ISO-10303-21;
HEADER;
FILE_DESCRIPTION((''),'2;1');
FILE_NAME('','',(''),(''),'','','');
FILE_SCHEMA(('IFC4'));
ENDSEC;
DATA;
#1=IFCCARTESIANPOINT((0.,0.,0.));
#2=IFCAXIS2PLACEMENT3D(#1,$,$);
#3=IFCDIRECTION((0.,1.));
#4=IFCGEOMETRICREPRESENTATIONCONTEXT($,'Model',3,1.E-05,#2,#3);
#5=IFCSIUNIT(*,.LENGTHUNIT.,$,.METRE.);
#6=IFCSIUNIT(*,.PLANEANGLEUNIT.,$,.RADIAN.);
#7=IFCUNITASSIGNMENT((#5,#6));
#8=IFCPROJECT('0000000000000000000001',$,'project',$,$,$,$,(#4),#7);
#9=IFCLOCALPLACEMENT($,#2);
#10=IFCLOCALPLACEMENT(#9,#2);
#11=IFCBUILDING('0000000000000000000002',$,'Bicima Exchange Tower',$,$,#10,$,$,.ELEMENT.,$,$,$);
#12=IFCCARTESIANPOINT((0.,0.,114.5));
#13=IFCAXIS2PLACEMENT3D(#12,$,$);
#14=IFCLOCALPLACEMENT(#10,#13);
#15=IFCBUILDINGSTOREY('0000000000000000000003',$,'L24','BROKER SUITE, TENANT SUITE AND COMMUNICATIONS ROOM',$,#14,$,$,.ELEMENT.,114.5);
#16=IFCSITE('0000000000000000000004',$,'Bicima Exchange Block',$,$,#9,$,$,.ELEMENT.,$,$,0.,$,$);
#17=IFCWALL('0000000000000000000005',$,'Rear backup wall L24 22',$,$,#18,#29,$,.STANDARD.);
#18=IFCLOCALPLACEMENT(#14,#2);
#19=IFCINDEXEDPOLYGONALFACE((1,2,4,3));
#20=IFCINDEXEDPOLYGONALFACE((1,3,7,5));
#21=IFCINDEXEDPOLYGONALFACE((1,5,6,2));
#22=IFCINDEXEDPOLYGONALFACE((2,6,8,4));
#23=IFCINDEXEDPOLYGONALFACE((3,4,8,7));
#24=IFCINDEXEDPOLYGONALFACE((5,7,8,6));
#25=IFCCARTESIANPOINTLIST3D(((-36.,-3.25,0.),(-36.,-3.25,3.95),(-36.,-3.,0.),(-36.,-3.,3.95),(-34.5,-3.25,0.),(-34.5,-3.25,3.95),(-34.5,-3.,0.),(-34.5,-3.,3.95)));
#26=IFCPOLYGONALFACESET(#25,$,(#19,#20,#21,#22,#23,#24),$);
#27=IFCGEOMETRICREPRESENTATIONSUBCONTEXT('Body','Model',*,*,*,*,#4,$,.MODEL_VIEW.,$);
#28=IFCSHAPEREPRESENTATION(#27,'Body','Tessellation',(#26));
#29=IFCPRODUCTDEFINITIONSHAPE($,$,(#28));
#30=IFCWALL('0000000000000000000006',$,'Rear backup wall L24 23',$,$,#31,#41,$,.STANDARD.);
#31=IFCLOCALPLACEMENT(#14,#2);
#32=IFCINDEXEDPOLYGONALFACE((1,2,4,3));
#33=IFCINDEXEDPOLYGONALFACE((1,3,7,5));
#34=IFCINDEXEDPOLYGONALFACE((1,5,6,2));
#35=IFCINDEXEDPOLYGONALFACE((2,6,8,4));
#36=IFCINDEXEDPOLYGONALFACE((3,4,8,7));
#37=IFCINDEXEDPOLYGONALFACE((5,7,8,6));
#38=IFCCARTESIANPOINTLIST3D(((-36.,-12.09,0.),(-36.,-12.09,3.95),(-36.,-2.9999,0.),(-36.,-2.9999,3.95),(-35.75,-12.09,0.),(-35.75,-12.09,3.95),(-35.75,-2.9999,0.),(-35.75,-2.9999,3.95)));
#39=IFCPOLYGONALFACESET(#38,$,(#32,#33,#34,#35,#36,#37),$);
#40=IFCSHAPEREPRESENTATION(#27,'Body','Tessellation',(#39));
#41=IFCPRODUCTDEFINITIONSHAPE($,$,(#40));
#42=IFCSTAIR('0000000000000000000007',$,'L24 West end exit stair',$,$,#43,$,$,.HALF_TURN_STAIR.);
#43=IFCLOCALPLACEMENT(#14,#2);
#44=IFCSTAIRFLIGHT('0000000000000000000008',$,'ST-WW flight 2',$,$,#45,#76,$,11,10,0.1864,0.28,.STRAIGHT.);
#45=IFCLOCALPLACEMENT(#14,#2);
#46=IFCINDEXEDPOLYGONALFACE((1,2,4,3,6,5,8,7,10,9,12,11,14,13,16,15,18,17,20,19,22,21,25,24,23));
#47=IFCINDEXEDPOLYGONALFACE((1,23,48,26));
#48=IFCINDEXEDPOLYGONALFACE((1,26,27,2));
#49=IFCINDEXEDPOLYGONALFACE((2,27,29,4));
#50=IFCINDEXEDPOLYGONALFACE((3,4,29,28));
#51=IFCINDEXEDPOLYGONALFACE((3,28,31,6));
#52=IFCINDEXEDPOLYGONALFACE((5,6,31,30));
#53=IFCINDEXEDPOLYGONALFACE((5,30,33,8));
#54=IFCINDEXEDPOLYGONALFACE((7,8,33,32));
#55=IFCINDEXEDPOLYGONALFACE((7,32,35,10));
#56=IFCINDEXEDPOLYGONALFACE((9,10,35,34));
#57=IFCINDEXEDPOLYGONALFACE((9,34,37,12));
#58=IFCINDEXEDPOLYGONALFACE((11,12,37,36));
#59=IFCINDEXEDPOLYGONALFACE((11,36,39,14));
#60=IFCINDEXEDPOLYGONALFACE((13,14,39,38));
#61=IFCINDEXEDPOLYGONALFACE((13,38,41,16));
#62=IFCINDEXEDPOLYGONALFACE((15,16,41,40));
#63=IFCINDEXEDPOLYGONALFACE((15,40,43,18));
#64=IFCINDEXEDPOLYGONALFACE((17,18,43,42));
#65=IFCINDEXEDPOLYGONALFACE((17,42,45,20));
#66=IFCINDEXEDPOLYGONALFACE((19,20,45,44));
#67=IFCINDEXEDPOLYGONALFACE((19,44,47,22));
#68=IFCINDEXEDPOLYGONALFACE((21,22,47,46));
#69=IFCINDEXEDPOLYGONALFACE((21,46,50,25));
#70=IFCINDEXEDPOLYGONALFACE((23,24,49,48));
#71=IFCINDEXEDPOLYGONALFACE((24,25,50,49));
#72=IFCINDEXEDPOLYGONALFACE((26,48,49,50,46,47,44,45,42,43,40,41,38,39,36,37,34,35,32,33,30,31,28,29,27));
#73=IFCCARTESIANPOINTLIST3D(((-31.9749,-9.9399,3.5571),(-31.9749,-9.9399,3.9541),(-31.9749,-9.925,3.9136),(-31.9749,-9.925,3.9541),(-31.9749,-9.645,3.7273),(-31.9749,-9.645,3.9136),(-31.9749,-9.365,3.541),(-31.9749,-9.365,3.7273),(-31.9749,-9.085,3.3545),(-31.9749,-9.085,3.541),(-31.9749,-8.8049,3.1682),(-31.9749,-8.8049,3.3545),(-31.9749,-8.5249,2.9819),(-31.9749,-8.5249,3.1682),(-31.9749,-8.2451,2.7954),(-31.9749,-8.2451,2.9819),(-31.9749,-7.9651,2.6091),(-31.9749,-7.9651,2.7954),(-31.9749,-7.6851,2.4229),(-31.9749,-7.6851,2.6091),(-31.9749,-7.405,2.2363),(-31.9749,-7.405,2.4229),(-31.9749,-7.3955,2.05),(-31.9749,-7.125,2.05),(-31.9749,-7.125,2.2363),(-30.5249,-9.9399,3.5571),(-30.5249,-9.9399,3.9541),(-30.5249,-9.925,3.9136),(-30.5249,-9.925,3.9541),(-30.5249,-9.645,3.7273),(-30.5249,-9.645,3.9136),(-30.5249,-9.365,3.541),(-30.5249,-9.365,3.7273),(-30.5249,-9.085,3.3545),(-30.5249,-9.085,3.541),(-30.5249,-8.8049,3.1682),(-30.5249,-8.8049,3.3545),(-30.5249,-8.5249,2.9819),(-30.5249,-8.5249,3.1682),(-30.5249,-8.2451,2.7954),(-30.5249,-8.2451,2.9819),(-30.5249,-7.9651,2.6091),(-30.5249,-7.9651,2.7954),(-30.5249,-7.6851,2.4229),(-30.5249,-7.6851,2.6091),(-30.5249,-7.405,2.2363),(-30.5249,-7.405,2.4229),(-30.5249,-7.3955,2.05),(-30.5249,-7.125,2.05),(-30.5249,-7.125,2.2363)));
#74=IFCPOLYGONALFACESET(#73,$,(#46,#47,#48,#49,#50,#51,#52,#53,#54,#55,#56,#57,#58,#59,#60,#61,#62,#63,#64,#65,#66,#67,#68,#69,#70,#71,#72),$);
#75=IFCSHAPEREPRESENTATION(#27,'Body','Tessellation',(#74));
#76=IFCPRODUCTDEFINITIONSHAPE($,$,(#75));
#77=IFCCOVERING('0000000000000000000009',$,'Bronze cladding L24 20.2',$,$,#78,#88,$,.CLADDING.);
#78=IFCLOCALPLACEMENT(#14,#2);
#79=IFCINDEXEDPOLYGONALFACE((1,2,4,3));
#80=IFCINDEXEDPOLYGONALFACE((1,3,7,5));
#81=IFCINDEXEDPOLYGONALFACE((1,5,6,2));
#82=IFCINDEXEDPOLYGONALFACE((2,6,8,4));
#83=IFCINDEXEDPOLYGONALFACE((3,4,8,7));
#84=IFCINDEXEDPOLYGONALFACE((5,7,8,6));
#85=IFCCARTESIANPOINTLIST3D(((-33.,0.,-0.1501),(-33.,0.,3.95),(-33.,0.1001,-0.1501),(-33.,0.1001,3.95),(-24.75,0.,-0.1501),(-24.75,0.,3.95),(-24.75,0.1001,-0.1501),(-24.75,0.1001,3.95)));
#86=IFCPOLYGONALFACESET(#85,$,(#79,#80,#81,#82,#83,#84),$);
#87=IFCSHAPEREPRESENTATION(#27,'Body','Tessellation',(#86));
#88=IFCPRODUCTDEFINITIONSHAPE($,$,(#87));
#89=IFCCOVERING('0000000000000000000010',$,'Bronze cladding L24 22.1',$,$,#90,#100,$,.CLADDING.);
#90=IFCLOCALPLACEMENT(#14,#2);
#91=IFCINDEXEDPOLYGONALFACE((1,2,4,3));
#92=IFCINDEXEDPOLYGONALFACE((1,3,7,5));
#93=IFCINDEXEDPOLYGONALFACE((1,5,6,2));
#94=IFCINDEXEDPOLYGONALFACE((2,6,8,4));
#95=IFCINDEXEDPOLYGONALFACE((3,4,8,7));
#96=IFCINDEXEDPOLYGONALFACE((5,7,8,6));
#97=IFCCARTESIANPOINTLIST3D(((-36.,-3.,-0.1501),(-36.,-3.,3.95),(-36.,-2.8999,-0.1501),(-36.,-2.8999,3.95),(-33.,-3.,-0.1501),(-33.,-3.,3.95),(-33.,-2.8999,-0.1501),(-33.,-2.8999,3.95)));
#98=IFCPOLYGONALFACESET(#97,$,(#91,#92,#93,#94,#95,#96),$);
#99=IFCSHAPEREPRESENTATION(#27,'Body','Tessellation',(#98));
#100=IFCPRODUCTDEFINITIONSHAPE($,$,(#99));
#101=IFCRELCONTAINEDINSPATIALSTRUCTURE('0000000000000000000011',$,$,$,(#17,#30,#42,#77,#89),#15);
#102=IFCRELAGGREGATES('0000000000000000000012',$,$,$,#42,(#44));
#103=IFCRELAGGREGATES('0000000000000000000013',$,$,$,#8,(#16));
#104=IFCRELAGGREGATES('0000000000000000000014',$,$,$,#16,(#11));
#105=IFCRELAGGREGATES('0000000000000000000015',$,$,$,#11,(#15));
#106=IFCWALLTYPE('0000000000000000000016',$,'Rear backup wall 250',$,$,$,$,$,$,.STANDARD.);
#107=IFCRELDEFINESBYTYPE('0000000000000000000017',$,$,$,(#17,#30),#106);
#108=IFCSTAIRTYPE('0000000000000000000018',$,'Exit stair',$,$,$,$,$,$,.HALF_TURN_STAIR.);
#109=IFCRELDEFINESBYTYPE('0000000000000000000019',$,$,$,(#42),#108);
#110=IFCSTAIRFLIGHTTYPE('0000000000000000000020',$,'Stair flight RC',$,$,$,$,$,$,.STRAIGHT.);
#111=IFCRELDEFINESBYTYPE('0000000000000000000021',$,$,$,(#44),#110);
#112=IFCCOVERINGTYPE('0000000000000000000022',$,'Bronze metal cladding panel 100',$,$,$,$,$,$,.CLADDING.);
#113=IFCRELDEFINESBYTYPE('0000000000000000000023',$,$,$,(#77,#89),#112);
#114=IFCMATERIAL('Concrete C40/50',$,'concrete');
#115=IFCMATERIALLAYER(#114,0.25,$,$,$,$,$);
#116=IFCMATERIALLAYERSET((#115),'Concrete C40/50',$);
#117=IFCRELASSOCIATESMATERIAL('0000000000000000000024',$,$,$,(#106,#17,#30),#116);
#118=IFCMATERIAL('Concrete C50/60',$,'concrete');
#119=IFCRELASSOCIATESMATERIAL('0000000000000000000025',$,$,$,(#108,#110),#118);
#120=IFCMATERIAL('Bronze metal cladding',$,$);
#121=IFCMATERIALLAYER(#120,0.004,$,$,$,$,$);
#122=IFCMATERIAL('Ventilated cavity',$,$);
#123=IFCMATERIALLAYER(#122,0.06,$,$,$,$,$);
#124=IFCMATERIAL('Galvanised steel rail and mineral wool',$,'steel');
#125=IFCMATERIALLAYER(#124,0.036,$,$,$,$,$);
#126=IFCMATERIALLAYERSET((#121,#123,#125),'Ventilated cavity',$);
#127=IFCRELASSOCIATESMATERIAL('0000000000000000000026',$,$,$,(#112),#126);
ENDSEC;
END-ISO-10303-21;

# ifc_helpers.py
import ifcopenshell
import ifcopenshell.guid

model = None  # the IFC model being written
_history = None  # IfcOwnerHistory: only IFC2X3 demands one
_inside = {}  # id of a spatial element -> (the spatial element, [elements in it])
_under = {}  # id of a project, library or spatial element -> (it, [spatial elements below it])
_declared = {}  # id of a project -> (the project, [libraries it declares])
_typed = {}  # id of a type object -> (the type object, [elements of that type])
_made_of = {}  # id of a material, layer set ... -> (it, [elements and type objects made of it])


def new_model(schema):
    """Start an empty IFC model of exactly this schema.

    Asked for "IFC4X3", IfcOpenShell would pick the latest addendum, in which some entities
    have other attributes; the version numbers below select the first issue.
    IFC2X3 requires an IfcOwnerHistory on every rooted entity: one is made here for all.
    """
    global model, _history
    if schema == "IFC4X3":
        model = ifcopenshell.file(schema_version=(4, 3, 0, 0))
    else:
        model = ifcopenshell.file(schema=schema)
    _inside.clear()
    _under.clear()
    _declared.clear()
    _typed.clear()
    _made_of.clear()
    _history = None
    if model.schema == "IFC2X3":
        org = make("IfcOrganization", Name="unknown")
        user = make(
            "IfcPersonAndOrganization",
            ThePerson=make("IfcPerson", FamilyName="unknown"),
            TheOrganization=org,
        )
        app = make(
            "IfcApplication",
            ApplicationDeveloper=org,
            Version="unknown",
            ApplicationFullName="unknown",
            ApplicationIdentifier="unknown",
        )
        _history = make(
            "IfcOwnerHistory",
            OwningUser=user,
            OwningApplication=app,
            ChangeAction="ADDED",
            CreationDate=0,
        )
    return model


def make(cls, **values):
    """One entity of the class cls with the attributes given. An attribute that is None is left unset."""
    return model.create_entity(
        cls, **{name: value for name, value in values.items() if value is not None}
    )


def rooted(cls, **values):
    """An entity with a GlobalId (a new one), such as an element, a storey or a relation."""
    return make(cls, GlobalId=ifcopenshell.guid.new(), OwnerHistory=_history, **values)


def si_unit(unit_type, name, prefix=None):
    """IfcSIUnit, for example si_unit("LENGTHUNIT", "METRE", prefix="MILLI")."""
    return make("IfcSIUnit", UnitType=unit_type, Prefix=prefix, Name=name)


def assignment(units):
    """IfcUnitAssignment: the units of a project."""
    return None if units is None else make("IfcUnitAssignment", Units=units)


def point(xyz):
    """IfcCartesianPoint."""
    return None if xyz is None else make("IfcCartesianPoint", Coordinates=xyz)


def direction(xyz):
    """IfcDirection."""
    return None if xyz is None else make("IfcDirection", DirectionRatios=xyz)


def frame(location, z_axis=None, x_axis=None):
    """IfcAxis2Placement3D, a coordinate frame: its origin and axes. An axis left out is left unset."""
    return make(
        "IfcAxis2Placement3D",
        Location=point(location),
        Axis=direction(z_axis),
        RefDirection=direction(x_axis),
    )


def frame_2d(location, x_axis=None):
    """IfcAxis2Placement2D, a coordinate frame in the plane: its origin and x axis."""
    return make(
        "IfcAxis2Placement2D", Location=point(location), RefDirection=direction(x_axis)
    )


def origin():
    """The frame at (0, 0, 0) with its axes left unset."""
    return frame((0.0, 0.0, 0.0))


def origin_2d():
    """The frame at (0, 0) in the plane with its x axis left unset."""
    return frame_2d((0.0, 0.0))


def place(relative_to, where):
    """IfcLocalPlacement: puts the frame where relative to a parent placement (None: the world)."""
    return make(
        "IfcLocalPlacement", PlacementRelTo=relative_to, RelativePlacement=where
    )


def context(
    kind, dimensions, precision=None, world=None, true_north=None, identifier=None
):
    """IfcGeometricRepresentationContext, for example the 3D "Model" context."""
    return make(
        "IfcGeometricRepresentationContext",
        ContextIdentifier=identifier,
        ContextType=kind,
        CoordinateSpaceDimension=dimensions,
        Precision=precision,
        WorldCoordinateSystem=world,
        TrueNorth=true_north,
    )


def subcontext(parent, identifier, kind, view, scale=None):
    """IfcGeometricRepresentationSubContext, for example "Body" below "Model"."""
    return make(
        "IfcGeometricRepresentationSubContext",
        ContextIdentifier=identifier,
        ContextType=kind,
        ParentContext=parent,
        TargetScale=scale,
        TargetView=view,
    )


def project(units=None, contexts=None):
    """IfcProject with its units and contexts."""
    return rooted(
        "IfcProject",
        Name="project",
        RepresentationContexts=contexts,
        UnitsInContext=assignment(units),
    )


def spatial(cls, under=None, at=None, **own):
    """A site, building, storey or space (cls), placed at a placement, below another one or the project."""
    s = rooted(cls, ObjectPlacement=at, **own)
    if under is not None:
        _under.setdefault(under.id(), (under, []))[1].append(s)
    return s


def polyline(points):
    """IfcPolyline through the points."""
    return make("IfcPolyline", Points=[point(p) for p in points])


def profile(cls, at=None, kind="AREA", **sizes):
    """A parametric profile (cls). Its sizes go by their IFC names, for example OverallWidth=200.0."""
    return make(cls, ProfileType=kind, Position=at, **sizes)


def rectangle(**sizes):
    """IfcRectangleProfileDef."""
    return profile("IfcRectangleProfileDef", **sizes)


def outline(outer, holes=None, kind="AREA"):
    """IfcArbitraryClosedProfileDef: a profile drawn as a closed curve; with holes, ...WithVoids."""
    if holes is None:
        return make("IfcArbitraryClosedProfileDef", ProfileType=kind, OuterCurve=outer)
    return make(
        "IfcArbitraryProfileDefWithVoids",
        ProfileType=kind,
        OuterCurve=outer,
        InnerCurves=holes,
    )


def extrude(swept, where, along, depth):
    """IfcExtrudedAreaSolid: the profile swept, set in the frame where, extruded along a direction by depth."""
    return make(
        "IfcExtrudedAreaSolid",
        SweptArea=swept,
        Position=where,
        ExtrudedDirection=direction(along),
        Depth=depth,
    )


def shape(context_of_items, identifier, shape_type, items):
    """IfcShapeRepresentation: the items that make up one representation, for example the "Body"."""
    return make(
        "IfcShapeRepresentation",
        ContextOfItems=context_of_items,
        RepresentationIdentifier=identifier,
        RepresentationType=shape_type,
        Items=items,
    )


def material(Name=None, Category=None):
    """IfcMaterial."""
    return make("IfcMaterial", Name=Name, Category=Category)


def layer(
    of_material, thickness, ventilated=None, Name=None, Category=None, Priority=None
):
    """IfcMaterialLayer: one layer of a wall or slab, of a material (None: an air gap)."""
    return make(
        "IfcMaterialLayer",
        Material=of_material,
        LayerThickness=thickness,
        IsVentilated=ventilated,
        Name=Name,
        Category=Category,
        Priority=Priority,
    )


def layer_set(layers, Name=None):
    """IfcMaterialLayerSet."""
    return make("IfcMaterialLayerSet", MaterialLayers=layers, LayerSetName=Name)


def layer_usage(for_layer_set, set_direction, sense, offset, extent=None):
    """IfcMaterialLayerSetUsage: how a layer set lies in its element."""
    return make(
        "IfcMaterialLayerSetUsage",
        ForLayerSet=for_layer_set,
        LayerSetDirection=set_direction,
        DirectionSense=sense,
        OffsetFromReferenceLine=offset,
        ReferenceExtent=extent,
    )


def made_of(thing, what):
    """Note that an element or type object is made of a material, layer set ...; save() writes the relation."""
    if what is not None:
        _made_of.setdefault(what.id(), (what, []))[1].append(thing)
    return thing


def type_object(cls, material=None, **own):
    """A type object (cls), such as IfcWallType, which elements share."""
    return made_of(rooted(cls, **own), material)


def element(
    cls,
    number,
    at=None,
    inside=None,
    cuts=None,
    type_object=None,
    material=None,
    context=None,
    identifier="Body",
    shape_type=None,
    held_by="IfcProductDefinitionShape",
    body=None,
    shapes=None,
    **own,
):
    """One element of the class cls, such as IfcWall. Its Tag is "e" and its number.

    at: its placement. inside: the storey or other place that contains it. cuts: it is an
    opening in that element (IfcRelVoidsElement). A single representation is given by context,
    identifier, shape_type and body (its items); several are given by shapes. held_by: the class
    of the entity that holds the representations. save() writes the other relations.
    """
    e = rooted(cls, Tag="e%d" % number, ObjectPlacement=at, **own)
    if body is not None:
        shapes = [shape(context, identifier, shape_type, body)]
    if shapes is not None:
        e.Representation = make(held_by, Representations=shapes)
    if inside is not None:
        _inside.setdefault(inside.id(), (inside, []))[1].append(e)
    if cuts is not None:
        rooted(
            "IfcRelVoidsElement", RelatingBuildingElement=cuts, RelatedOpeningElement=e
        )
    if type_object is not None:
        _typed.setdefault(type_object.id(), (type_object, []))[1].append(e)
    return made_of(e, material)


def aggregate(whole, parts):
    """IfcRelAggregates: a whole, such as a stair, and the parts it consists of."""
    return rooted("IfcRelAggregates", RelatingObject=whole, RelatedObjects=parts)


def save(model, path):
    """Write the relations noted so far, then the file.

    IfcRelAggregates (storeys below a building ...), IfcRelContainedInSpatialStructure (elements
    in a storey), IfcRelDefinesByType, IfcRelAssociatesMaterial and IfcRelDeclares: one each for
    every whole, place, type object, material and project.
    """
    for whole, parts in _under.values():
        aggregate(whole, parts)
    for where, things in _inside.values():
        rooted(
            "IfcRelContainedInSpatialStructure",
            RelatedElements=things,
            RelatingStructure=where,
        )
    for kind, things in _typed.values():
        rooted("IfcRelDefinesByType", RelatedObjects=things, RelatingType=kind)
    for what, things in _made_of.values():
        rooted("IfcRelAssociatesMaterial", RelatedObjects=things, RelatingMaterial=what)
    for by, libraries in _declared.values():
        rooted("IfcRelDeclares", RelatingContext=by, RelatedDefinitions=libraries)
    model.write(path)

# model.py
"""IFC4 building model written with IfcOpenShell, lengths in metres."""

from ifc_helpers import new_model, si_unit, direction, frame, frame_2d, origin, origin_2d, place, context, subcontext, project, spatial, polyline, rectangle, outline, extrude, material, layer, layer_set, layer_usage, type_object, element, aggregate, save


model = new_model("IFC4")

# Units and contexts
model_context = context("Model", 3, precision=1e-05, world=origin(), true_north=direction((0.0, 1.0)))
body_context = subcontext(model_context, "Body", "Model", "MODEL_VIEW")
ifc_project = project(units=[si_unit("LENGTHUNIT", "METRE"), si_unit("PLANEANGLEUNIT", "RADIAN")], contexts=[model_context])

# Site, building, storey
site_placement = place(None, origin())
site = spatial("IfcSite", under=ifc_project, at=site_placement, Name="Bicima Exchange Block", CompositionType="ELEMENT", RefElevation=0.0)
building_placement = place(site_placement, origin())
building = spatial("IfcBuilding", under=site, at=building_placement, Name="Bicima Exchange Tower", CompositionType="ELEMENT")
storey_placement = place(building_placement, frame((0.0, 0.0, 114.5)))
storey = spatial("IfcBuildingStorey", under=building, at=storey_placement, Name="L24", Description="BROKER SUITE, TENANT SUITE AND COMMUNICATIONS ROOM", CompositionType="ELEMENT", Elevation=114.5)

# Walls
ifc_material_1 = material(Name="Concrete C50/60", Category="concrete")
ifc_material_2 = material(Name="Concrete C40/50", Category="concrete")
ifc_layer_1 = layer(ifc_material_2, 0.25)
ifc_layer_set_1 = layer_set([ifc_layer_1], Name="Concrete C40/50")
ifc_layer_usage = layer_usage(ifc_layer_set_1, "AXIS2", "POSITIVE", -0.125)
wall_type_1 = type_object("IfcWallType", Name="Rear backup wall 250", PredefinedType="STANDARD", material=ifc_layer_set_1)
wall_1_placement = place(storey_placement, frame((-34.5, -3.125, 0.0), z_axis=(0.0, 0.0, 1.0), x_axis=(-1.0, 0.0, 0.0)))
element("IfcWall", 1, at=wall_1_placement, inside=storey, type_object=wall_type_1, material=ifc_layer_usage, Name="Rear backup wall L24 22", PredefinedType="STANDARD", context=body_context, shape_type="SweptSolid", body=[
    extrude(rectangle(XDim=1.5, YDim=0.25, at=frame_2d((0.75, 0.0))), origin(), (0.0, 0.0, 1.0), 3.95),
])
wall_2_placement = place(storey_placement, frame((-35.875, -3.0, 0.0), z_axis=(0.0, 0.0, 1.0), x_axis=(0.0, -1.0, 0.0)))
element("IfcWall", 2, at=wall_2_placement, inside=storey, type_object=wall_type_1, material=ifc_layer_usage, Name="Rear backup wall L24 23", PredefinedType="STANDARD", context=body_context, shape_type="SweptSolid", body=[
    extrude(rectangle(XDim=9.0901, YDim=0.25, at=frame_2d((4.5449, 0.0))), origin(), (0.0, 0.0, 1.0), 3.95),
])

# Stair, stair flight
stair_type = type_object("IfcStairType", Name="Exit stair", PredefinedType="HALF_TURN_STAIR", material=ifc_material_1)
stair_placement = place(storey_placement, origin())
stair = element("IfcStair", 3, at=stair_placement, inside=storey, type_object=stair_type, Name="L24 West end exit stair", PredefinedType="HALF_TURN_STAIR")
stair_flight_type = type_object("IfcStairFlightType", Name="Stair flight RC", PredefinedType="STRAIGHT", material=ifc_material_1)
stair_flight_placement = place(storey_placement, frame((-31.25, -7.125, 2.05), z_axis=(0.0, 0.0, 1.0), x_axis=(0.0, -1.0, 0.0)))
stair_flight = element("IfcStairFlight", 4, at=stair_flight_placement, type_object=stair_flight_type, Name="ST-WW flight 2", NumberOfRisers=11, NumberOfTreads=10, PredefinedType="STRAIGHT", RiserHeight=0.1864, TreadLength=0.28, context=body_context, shape_type="SweptSolid", body=[
    extrude(outline(polyline([(0.0, 0.0), (0.0, 0.1863), (0.28, 0.1863), (0.28, 0.3728), (0.5601, 0.3728), (0.5601, 0.5591), (0.8401, 0.5591), (0.8401, 0.7454), (1.1201, 0.7454), (1.1201, 0.9319), (1.3999, 0.9319), (1.3999, 1.1182), (1.6799, 1.1182), (1.6799, 1.3044), (1.96, 1.3044), (1.96, 1.491), (2.24, 1.491), (2.24, 1.6772), (2.52, 1.6772), (2.52, 1.8635), (2.8, 1.8635), (2.8, 1.9041), (2.8149, 1.9041), (2.8149, 1.5071), (0.2705, 0.0), (0.0, 0.0)])), frame((0.0, 0.7251, 0.0), z_axis=(0.0, -1.0, 0.0), x_axis=(1.0, 0.0, 0.0)), (0.0, 0.0, 1.0), 1.45),
])
aggregate(stair, [stair_flight])

# Coverings
ifc_material_3 = material(Name="Bronze metal cladding")
ifc_layer_2 = layer(ifc_material_3, 0.004)
ifc_material_4 = material(Name="Ventilated cavity")
ifc_layer_3 = layer(ifc_material_4, 0.06)
ifc_material_5 = material(Name="Galvanised steel rail and mineral wool", Category="steel")
ifc_layer_4 = layer(ifc_material_5, 0.036)
ifc_layer_set_2 = layer_set([ifc_layer_2, ifc_layer_3, ifc_layer_4], Name="Ventilated cavity")
covering_type = type_object("IfcCoveringType", Name="Bronze metal cladding panel 100", PredefinedType="CLADDING", material=ifc_layer_set_2)
covering_1_placement = place(storey_placement, frame((-28.875, 0.05, -0.1501), z_axis=(0.0, 0.0, 1.0), x_axis=(-1.0, 0.0, 0.0)))
element("IfcCovering", 5, at=covering_1_placement, inside=storey, type_object=covering_type, Name="Bronze cladding L24 20.2", PredefinedType="CLADDING", context=body_context, shape_type="SweptSolid", body=[
    extrude(rectangle(XDim=8.25, YDim=0.1001, at=origin_2d()), origin(), (0.0, 0.0, 1.0), 4.1001),
])
covering_2_placement = place(storey_placement, frame((-34.5, -2.95, -0.1501), z_axis=(0.0, 0.0, 1.0), x_axis=(-1.0, 0.0, 0.0)))
element("IfcCovering", 6, at=covering_2_placement, inside=storey, type_object=covering_type, Name="Bronze cladding L24 22.1", PredefinedType="CLADDING", context=body_context, shape_type="SweptSolid", body=[
    extrude(rectangle(XDim=3.0, YDim=0.1001, at=origin_2d()), origin(), (0.0, 0.0, 1.0), 4.1001),
])

save(model, "model.ifc")
